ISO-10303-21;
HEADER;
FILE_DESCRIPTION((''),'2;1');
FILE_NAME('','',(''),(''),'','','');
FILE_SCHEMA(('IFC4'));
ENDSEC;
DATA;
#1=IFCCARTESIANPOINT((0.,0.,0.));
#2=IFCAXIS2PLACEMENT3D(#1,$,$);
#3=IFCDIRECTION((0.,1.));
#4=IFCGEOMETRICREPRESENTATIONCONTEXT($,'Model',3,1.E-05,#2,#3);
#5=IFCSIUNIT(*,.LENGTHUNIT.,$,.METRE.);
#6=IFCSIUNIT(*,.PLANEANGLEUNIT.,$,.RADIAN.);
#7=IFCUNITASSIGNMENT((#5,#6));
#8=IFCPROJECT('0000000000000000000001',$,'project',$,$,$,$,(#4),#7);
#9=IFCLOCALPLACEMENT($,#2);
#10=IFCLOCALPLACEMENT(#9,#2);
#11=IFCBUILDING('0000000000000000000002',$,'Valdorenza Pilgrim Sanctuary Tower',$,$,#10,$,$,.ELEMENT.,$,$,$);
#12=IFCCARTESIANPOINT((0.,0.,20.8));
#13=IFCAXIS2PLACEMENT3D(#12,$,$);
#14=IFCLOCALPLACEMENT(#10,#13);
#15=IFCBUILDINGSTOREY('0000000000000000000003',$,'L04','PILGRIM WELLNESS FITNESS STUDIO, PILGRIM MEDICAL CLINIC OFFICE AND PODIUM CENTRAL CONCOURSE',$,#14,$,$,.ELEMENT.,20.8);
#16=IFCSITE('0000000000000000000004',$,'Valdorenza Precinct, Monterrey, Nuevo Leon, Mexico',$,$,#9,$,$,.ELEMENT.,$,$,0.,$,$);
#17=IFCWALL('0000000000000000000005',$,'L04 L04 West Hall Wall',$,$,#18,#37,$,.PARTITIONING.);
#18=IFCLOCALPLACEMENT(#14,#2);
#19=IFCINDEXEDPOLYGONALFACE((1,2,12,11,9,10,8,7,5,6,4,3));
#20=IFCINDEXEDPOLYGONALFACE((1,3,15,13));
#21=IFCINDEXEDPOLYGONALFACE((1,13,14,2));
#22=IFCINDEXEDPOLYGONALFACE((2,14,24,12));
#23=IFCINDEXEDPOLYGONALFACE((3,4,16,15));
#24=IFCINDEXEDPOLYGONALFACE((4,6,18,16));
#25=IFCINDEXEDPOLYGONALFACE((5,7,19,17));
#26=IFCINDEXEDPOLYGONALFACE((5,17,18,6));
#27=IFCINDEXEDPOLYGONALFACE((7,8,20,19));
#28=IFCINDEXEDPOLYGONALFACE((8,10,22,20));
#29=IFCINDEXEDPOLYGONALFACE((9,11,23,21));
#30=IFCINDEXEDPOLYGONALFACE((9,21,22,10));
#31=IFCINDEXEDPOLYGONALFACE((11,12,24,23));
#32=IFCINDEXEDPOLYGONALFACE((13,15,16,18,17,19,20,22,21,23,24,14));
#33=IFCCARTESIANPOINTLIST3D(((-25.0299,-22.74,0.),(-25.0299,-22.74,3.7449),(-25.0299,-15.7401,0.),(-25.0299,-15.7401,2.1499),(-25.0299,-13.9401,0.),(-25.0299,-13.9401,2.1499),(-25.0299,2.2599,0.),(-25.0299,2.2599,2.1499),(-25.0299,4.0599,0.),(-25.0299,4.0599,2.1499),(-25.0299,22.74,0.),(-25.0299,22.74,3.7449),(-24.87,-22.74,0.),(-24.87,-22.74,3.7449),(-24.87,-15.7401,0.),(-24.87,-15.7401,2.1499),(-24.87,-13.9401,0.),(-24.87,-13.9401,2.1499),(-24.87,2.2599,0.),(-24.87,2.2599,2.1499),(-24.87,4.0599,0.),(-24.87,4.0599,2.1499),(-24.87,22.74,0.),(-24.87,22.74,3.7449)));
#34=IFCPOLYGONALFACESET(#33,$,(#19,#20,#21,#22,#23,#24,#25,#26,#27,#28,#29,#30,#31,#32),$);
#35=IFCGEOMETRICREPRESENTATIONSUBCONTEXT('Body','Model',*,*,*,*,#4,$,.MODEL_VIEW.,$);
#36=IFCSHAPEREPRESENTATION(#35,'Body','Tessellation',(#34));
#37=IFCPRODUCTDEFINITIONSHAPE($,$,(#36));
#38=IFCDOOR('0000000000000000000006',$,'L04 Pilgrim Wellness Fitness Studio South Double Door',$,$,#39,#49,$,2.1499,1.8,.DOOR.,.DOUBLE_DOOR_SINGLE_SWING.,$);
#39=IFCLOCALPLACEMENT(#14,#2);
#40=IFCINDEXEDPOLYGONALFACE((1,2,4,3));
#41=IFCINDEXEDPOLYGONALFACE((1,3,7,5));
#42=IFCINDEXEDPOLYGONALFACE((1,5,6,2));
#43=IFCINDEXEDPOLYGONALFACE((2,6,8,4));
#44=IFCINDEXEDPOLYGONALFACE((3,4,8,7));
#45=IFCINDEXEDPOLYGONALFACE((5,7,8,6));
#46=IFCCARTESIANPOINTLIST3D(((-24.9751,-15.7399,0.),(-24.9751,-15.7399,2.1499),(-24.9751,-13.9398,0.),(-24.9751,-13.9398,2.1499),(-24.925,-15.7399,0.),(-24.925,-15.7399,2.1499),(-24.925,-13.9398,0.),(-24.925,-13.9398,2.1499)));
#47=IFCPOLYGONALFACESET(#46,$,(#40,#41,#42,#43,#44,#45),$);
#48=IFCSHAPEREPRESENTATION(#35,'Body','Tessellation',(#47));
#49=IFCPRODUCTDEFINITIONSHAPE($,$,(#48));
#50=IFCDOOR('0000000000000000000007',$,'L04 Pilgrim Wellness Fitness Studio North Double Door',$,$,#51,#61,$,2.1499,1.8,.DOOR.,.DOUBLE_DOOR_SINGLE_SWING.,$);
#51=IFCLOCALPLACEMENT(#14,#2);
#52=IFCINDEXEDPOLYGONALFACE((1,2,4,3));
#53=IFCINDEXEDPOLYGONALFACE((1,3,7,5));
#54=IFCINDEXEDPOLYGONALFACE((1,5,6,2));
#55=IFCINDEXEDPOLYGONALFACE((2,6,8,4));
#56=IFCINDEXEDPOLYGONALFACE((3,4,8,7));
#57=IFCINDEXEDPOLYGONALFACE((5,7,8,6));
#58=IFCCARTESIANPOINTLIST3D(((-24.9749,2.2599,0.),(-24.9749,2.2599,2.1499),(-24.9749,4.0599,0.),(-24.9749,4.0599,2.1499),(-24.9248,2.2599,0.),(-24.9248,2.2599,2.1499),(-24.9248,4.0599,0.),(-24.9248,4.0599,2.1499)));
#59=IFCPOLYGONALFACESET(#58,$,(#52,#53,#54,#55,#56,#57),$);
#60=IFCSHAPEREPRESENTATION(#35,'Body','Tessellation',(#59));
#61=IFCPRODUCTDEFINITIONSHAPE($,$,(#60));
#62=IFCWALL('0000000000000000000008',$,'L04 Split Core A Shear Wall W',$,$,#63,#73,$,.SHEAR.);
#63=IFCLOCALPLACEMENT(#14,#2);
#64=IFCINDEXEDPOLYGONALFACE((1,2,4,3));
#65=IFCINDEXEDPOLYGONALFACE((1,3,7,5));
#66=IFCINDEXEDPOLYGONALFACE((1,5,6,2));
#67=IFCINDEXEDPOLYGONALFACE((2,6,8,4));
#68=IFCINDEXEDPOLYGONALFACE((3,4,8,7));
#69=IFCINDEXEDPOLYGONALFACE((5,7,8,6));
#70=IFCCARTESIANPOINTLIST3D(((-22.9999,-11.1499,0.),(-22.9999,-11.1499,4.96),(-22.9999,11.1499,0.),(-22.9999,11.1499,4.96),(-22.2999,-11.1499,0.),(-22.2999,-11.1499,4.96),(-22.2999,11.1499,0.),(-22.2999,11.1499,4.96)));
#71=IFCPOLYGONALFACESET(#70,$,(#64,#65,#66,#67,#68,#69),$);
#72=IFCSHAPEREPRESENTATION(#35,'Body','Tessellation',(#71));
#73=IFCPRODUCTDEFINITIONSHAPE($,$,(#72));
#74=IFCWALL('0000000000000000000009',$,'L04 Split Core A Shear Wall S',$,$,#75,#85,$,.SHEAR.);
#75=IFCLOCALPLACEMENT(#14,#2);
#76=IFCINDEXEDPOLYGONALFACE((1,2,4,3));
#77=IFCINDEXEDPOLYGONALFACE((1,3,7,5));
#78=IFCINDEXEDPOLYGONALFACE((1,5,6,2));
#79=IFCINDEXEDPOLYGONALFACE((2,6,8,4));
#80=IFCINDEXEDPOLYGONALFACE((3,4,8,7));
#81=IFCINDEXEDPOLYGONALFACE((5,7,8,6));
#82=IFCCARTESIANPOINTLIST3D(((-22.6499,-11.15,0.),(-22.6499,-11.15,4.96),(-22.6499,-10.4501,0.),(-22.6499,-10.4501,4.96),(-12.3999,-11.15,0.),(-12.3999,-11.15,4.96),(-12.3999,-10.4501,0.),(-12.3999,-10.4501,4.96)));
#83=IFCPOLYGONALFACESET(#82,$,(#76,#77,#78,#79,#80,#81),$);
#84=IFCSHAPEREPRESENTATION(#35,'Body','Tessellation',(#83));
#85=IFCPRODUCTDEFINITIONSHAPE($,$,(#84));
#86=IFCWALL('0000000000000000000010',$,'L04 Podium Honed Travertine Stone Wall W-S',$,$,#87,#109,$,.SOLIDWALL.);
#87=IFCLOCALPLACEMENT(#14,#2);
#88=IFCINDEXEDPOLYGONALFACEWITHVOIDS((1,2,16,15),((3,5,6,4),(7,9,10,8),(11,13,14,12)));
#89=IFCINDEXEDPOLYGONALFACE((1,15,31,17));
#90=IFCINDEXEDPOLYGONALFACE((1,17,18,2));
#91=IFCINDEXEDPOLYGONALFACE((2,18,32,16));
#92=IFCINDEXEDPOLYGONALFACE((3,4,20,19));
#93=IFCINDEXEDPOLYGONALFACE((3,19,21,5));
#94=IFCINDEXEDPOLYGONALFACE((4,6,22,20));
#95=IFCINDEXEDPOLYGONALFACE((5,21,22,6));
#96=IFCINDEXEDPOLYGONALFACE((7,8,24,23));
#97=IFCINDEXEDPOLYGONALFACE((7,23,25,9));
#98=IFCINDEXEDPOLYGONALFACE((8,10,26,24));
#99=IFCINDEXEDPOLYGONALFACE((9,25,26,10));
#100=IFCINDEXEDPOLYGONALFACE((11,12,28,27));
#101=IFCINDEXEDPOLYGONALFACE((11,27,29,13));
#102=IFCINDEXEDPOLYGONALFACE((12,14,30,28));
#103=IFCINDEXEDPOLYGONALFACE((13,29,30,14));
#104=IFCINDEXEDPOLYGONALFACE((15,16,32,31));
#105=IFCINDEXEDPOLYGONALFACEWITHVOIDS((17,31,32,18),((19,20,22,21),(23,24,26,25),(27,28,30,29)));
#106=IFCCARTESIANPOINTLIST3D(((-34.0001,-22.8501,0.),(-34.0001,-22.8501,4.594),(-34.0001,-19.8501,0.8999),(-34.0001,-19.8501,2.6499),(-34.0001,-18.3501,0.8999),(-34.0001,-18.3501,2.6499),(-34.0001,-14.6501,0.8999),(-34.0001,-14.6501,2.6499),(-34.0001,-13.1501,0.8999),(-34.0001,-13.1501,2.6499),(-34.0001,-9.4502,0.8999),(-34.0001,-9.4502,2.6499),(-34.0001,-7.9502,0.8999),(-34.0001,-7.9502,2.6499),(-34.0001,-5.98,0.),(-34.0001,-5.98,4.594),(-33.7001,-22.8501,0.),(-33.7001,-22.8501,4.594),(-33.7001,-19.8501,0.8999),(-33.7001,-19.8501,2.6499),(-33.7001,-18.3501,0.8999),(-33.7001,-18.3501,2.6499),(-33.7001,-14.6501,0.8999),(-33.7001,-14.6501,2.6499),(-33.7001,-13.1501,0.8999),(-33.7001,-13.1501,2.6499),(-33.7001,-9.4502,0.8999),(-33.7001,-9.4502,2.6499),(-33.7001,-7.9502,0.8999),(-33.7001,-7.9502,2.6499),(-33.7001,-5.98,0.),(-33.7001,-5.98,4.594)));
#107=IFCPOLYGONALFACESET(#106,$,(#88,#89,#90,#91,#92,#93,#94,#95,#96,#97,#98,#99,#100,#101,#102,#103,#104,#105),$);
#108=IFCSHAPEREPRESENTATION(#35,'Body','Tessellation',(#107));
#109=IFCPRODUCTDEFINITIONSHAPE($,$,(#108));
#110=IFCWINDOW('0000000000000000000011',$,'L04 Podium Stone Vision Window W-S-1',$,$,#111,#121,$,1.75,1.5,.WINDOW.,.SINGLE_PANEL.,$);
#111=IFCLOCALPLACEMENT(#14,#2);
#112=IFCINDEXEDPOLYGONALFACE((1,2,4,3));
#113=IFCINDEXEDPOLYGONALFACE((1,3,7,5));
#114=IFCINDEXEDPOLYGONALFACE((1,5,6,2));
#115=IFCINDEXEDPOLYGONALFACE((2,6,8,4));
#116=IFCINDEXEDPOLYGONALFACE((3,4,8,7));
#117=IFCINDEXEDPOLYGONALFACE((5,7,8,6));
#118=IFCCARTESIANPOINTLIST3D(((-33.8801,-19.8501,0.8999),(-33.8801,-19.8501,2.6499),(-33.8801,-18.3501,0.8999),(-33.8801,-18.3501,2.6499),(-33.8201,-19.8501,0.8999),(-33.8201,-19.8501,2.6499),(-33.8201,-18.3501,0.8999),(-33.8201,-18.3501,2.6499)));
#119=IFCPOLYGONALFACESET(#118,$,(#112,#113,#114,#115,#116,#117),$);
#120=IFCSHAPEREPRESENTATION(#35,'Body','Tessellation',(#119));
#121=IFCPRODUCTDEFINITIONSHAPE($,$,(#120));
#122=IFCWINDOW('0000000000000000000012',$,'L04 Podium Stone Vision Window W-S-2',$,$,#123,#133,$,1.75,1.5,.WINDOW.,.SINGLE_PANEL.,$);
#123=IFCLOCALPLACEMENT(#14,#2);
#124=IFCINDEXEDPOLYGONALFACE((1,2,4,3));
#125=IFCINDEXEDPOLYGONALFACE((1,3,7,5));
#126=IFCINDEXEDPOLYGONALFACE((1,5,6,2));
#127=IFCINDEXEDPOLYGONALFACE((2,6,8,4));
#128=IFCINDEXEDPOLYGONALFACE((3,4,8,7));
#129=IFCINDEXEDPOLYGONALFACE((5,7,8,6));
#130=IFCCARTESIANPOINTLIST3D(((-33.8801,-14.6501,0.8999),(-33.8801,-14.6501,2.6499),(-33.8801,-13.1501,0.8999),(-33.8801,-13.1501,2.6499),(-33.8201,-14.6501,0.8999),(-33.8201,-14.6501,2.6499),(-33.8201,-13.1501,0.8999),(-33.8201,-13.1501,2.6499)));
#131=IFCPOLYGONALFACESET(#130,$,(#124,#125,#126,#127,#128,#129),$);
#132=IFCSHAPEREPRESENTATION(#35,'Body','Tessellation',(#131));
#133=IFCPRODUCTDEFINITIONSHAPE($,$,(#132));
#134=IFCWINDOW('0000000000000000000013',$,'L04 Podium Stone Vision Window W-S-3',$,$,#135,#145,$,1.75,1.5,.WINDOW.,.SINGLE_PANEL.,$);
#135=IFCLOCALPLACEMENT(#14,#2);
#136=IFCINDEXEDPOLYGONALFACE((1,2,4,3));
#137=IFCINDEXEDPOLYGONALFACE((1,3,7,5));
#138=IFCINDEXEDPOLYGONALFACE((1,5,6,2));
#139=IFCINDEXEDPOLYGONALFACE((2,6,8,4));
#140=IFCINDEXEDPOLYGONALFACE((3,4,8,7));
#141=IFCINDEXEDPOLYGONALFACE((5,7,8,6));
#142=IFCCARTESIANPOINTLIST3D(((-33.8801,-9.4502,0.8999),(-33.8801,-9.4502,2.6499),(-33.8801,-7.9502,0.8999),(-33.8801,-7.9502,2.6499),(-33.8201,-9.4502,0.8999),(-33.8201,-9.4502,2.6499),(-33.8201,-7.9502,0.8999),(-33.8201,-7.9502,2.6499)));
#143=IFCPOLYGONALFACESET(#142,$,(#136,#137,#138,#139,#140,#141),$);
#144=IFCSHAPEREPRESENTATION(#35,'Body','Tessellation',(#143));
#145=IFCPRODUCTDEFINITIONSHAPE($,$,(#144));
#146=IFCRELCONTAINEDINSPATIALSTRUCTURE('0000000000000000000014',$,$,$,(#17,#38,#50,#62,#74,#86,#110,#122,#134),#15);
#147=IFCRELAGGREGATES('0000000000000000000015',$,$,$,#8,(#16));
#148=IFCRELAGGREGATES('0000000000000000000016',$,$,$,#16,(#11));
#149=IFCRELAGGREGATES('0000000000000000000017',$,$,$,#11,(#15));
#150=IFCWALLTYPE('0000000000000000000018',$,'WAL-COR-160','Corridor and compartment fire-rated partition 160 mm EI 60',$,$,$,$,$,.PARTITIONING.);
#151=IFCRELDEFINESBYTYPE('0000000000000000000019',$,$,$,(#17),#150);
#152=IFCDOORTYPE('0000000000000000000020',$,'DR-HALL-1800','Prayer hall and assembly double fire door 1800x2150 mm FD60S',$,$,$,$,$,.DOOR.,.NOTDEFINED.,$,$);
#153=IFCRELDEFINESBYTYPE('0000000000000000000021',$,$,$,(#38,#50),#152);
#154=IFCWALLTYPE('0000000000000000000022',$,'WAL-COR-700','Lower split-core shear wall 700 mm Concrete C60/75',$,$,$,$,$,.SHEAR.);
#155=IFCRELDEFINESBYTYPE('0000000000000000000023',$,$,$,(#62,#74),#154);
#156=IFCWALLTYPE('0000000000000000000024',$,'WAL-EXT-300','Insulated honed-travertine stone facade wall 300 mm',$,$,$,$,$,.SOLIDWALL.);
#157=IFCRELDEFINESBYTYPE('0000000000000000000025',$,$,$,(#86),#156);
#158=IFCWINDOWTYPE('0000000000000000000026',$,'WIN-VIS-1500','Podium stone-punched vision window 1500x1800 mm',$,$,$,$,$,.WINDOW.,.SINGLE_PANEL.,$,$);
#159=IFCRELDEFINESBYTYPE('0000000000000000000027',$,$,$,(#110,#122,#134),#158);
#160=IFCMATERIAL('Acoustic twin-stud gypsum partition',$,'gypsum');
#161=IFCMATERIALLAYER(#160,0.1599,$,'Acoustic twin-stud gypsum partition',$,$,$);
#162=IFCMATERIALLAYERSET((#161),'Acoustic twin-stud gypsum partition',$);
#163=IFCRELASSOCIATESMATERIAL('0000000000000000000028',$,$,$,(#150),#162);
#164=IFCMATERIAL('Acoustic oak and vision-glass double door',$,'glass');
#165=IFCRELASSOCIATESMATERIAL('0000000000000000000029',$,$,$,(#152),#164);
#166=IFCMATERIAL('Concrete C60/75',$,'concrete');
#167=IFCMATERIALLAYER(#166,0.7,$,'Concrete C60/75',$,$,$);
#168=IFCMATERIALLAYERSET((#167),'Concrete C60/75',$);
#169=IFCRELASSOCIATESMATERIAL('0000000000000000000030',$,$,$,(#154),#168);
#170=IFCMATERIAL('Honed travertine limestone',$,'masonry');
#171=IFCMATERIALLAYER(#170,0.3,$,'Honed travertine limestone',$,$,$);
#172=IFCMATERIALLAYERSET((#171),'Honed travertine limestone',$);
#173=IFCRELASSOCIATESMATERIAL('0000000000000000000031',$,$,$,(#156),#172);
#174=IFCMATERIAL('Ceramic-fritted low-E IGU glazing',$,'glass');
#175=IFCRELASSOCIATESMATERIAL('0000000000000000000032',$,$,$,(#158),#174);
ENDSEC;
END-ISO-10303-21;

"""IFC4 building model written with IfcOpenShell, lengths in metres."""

from ifc_helpers import new_model, si_unit, direction, frame, frame_2d, origin, place, context, subcontext, project, spatial, rectangle, extrude, material, layer, layer_set, type_object, element, fill, save


model = new_model("IFC4")

# Units and contexts
model_context = context("Model", 3, precision=1e-05, world=origin(), true_north=direction((0.0, 1.0)))
body_context = subcontext(model_context, "Body", "Model", "MODEL_VIEW")
ifc_project = project(units=[si_unit("LENGTHUNIT", "METRE"), si_unit("PLANEANGLEUNIT", "RADIAN")], contexts=[model_context])

# Site, building, storey
site_placement = place(None, origin())
site = spatial("IfcSite", under=ifc_project, at=site_placement, Name="Valdorenza Precinct, Monterrey, Nuevo Leon, Mexico", CompositionType="ELEMENT", RefElevation=0.0)
building_placement = place(site_placement, origin())
building = spatial("IfcBuilding", under=site, at=building_placement, Name="Valdorenza Pilgrim Sanctuary Tower", CompositionType="ELEMENT")
storey_placement = place(building_placement, frame((0.0, 0.0, 20.8)))
storey = spatial("IfcBuildingStorey", under=building, at=storey_placement, Name="L04", Description="PILGRIM WELLNESS FITNESS STUDIO, PILGRIM MEDICAL CLINIC OFFICE AND PODIUM CENTRAL CONCOURSE", CompositionType="ELEMENT", Elevation=20.8)

# Shared definitions
ifc_material_1 = material(Name="Concrete C60/75", Category="concrete")

# Wall, openings, doors
ifc_material_2 = material(Name="Acoustic twin-stud gypsum partition", Category="gypsum")
ifc_layer_1 = layer(ifc_material_2, 0.1599, Name="Acoustic twin-stud gypsum partition")
ifc_layer_set_1 = layer_set([ifc_layer_1], Name="Acoustic twin-stud gypsum partition")
wall_type_1 = type_object("IfcWallType", Name="WAL-COR-160", Description="Corridor and compartment fire-rated partition 160 mm EI 60", PredefinedType="PARTITIONING", material=ifc_layer_set_1)
wall_1_placement = place(storey_placement, frame((-24.95, -22.74, 0.0), z_axis=(0.0, 0.0, 1.0), x_axis=(0.0, 1.0, 0.0)))
wall_1 = element("IfcWall", 1, at=wall_1_placement, inside=storey, type_object=wall_type_1, Name="L04 L04 West Hall Wall", PredefinedType="PARTITIONING", context=body_context, shape_type="SweptSolid", body=[
    extrude(rectangle(XDim=45.48, YDim=0.1599, at=frame_2d((22.74, 0.0))), origin(), (0.0, 0.0, 1.0), 3.7449),
])
opening_1_placement = place(wall_1_placement, frame((7.0, 0.0, 0.0)))
opening_1 = element("IfcOpeningElement", 2, at=opening_1_placement, cuts=wall_1, PredefinedType="OPENING", context=body_context, shape_type="SweptSolid", body=[
    extrude(rectangle(XDim=1.8, YDim=2.1499, at=frame_2d((0.8999, 1.075))), frame((0.0, 0.0947, 0.0), z_axis=(0.0, -1.0, 0.0), x_axis=(1.0, 0.0, 0.0)), (0.0, 0.0, 1.0), 0.1897),
])
opening_2_placement = place(wall_1_placement, frame((25.0, 0.0, 0.0)))
opening_2 = element("IfcOpeningElement", 3, at=opening_2_placement, cuts=wall_1, PredefinedType="OPENING", context=body_context, shape_type="SweptSolid", body=[
    extrude(rectangle(XDim=1.8, YDim=2.1499, at=frame_2d((0.8999, 1.075))), frame((0.0, 0.0947, 0.0), z_axis=(0.0, -1.0, 0.0), x_axis=(1.0, 0.0, 0.0)), (0.0, 0.0, 1.0), 0.1897),
])
ifc_material_3 = material(Name="Acoustic oak and vision-glass double door", Category="glass")
door_type = type_object("IfcDoorType", Name="DR-HALL-1800", Description="Prayer hall and assembly double fire door 1800x2150 mm FD60S", OperationType="NOTDEFINED", PredefinedType="DOOR", material=ifc_material_3)
door_1_placement = place(opening_1_placement, frame((1.8, 0.0, 0.0), z_axis=(0.0, 0.0, 1.0), x_axis=(-1.0, 0.0, 0.0)))
door_1 = element("IfcDoor", 4, at=door_1_placement, inside=storey, type_object=door_type, Name="L04 Pilgrim Wellness Fitness Studio South Double Door", OperationType="DOUBLE_DOOR_SINGLE_SWING", OverallHeight=2.1499, OverallWidth=1.8, PredefinedType="DOOR", context=body_context, shape_type="SweptSolid", body=[
    extrude(rectangle(XDim=1.8, YDim=2.1499, at=frame_2d((0.8999, 1.075))), frame((0.0, 0.0249, 0.0), z_axis=(0.0, -1.0, 0.0), x_axis=(1.0, 0.0, 0.0)), (0.0, 0.0, 1.0), 0.05),
])
fill(opening_1, door_1)
door_2_placement = place(opening_2_placement, origin())
door_2 = element("IfcDoor", 5, at=door_2_placement, inside=storey, type_object=door_type, Name="L04 Pilgrim Wellness Fitness Studio North Double Door", OperationType="DOUBLE_DOOR_SINGLE_SWING", OverallHeight=2.1499, OverallWidth=1.8, PredefinedType="DOOR", context=body_context, shape_type="SweptSolid", body=[
    extrude(rectangle(XDim=1.8, YDim=2.1499, at=frame_2d((0.8999, 1.075))), frame((0.0, 0.0249, 0.0), z_axis=(0.0, -1.0, 0.0), x_axis=(1.0, 0.0, 0.0)), (0.0, 0.0, 1.0), 0.05),
])
fill(opening_2, door_2)

# Walls
ifc_layer_2 = layer(ifc_material_1, 0.7, Name="Concrete C60/75")
ifc_layer_set_2 = layer_set([ifc_layer_2], Name="Concrete C60/75")
wall_type_2 = type_object("IfcWallType", Name="WAL-COR-700", Description="Lower split-core shear wall 700 mm Concrete C60/75", PredefinedType="SHEAR", material=ifc_layer_set_2)
wall_2_placement = place(storey_placement, frame((-22.6499, -11.1499, 0.0), z_axis=(0.0, 0.0, 1.0), x_axis=(0.0, 1.0, 0.0)))
element("IfcWall", 6, at=wall_2_placement, inside=storey, type_object=wall_type_2, Name="L04 Split Core A Shear Wall W", PredefinedType="SHEAR", context=body_context, shape_type="SweptSolid", body=[
    extrude(rectangle(XDim=22.2998, YDim=0.7, at=frame_2d((11.1499, 0.0))), origin(), (0.0, 0.0, 1.0), 4.96),
])
wall_3_placement = place(storey_placement, frame((-22.6499, -10.8, 0.0), z_axis=(0.0, 0.0, 1.0), x_axis=(1.0, 0.0, 0.0)))
element("IfcWall", 7, at=wall_3_placement, inside=storey, type_object=wall_type_2, Name="L04 Split Core A Shear Wall S", PredefinedType="SHEAR", context=body_context, shape_type="SweptSolid", body=[
    extrude(rectangle(XDim=10.25, YDim=0.7, at=frame_2d((5.125, 0.0))), origin(), (0.0, 0.0, 1.0), 4.96),
])

# Wall, openings, windows
ifc_material_4 = material(Name="Honed travertine limestone", Category="masonry")
ifc_layer_3 = layer(ifc_material_4, 0.3, Name="Honed travertine limestone")
ifc_layer_set_3 = layer_set([ifc_layer_3], Name="Honed travertine limestone")
wall_type_3 = type_object("IfcWallType", Name="WAL-EXT-300", Description="Insulated honed-travertine stone facade wall 300 mm", PredefinedType="SOLIDWALL", material=ifc_layer_set_3)
wall_4_placement = place(storey_placement, frame((-33.8501, -22.8501, 0.0), z_axis=(0.0, 0.0, 1.0), x_axis=(0.0, 1.0, 0.0)))
wall_4 = element("IfcWall", 8, at=wall_4_placement, inside=storey, type_object=wall_type_3, Name="L04 Podium Honed Travertine Stone Wall W-S", PredefinedType="SOLIDWALL", context=body_context, shape_type="SweptSolid", body=[
    extrude(rectangle(XDim=16.8701, YDim=0.3, at=frame_2d((8.4351, 0.0))), origin(), (0.0, 0.0, 1.0), 4.594),
])
opening_3_placement = place(wall_4_placement, frame((3.0, 0.0, 0.8999)))
opening_3 = element("IfcOpeningElement", 9, at=opening_3_placement, cuts=wall_4, PredefinedType="OPENING", context=body_context, shape_type="SweptSolid", body=[
    extrude(rectangle(XDim=1.5, YDim=1.75, at=frame_2d((0.75, 0.875))), frame((0.0, 0.165, 0.0), z_axis=(0.0, -1.0, 0.0), x_axis=(1.0, 0.0, 0.0)), (0.0, 0.0, 1.0), 0.3298),
])
opening_4_placement = place(wall_4_placement, frame((8.2, 0.0, 0.8999)))
opening_4 = element("IfcOpeningElement", 10, at=opening_4_placement, cuts=wall_4, PredefinedType="OPENING", context=body_context, shape_type="SweptSolid", body=[
    extrude(rectangle(XDim=1.5, YDim=1.75, at=frame_2d((0.75, 0.875))), frame((0.0, 0.165, 0.0), z_axis=(0.0, -1.0, 0.0), x_axis=(1.0, 0.0, 0.0)), (0.0, 0.0, 1.0), 0.3298),
])
opening_5_placement = place(wall_4_placement, frame((13.3999, 0.0, 0.8999)))
opening_5 = element("IfcOpeningElement", 11, at=opening_5_placement, cuts=wall_4, PredefinedType="OPENING", context=body_context, shape_type="SweptSolid", body=[
    extrude(rectangle(XDim=1.5, YDim=1.75, at=frame_2d((0.75, 0.875))), frame((0.0, 0.165, 0.0), z_axis=(0.0, -1.0, 0.0), x_axis=(1.0, 0.0, 0.0)), (0.0, 0.0, 1.0), 0.3298),
])
ifc_material_5 = material(Name="Ceramic-fritted low-E IGU glazing", Category="glass")
window_type = type_object("IfcWindowType", Name="WIN-VIS-1500", Description="Podium stone-punched vision window 1500x1800 mm", PartitioningType="SINGLE_PANEL", PredefinedType="WINDOW", material=ifc_material_5)
window_1_placement = place(opening_3_placement, origin())
window_1 = element("IfcWindow", 12, at=window_1_placement, inside=storey, type_object=window_type, Name="L04 Podium Stone Vision Window W-S-1", OverallHeight=1.75, OverallWidth=1.5, PartitioningType="SINGLE_PANEL", PredefinedType="WINDOW", context=body_context, shape_type="SweptSolid", body=[
    extrude(rectangle(XDim=1.5, YDim=1.75, at=frame_2d((0.75, 0.875))), frame((0.0, 0.03, 0.0), z_axis=(0.0, -1.0, 0.0), x_axis=(1.0, 0.0, 0.0)), (0.0, 0.0, 1.0), 0.0601),
])
fill(opening_3, window_1)
window_2_placement = place(opening_4_placement, origin())
window_2 = element("IfcWindow", 13, at=window_2_placement, inside=storey, type_object=window_type, Name="L04 Podium Stone Vision Window W-S-2", OverallHeight=1.75, OverallWidth=1.5, PartitioningType="SINGLE_PANEL", PredefinedType="WINDOW", context=body_context, shape_type="SweptSolid", body=[
    extrude(rectangle(XDim=1.5, YDim=1.75, at=frame_2d((0.75, 0.875))), frame((0.0, 0.03, 0.0), z_axis=(0.0, -1.0, 0.0), x_axis=(1.0, 0.0, 0.0)), (0.0, 0.0, 1.0), 0.0601),
])
fill(opening_4, window_2)
window_3_placement = place(opening_5_placement, origin())
window_3 = element("IfcWindow", 14, at=window_3_placement, inside=storey, type_object=window_type, Name="L04 Podium Stone Vision Window W-S-3", OverallHeight=1.75, OverallWidth=1.5, PartitioningType="SINGLE_PANEL", PredefinedType="WINDOW", context=body_context, shape_type="SweptSolid", body=[
    extrude(rectangle(XDim=1.5, YDim=1.75, at=frame_2d((0.75, 0.875))), frame((0.0, 0.03, 0.0), z_axis=(0.0, -1.0, 0.0), x_axis=(1.0, 0.0, 0.0)), (0.0, 0.0, 1.0), 0.0601),
])
fill(opening_5, window_3)

save(model, "model.ifc")
